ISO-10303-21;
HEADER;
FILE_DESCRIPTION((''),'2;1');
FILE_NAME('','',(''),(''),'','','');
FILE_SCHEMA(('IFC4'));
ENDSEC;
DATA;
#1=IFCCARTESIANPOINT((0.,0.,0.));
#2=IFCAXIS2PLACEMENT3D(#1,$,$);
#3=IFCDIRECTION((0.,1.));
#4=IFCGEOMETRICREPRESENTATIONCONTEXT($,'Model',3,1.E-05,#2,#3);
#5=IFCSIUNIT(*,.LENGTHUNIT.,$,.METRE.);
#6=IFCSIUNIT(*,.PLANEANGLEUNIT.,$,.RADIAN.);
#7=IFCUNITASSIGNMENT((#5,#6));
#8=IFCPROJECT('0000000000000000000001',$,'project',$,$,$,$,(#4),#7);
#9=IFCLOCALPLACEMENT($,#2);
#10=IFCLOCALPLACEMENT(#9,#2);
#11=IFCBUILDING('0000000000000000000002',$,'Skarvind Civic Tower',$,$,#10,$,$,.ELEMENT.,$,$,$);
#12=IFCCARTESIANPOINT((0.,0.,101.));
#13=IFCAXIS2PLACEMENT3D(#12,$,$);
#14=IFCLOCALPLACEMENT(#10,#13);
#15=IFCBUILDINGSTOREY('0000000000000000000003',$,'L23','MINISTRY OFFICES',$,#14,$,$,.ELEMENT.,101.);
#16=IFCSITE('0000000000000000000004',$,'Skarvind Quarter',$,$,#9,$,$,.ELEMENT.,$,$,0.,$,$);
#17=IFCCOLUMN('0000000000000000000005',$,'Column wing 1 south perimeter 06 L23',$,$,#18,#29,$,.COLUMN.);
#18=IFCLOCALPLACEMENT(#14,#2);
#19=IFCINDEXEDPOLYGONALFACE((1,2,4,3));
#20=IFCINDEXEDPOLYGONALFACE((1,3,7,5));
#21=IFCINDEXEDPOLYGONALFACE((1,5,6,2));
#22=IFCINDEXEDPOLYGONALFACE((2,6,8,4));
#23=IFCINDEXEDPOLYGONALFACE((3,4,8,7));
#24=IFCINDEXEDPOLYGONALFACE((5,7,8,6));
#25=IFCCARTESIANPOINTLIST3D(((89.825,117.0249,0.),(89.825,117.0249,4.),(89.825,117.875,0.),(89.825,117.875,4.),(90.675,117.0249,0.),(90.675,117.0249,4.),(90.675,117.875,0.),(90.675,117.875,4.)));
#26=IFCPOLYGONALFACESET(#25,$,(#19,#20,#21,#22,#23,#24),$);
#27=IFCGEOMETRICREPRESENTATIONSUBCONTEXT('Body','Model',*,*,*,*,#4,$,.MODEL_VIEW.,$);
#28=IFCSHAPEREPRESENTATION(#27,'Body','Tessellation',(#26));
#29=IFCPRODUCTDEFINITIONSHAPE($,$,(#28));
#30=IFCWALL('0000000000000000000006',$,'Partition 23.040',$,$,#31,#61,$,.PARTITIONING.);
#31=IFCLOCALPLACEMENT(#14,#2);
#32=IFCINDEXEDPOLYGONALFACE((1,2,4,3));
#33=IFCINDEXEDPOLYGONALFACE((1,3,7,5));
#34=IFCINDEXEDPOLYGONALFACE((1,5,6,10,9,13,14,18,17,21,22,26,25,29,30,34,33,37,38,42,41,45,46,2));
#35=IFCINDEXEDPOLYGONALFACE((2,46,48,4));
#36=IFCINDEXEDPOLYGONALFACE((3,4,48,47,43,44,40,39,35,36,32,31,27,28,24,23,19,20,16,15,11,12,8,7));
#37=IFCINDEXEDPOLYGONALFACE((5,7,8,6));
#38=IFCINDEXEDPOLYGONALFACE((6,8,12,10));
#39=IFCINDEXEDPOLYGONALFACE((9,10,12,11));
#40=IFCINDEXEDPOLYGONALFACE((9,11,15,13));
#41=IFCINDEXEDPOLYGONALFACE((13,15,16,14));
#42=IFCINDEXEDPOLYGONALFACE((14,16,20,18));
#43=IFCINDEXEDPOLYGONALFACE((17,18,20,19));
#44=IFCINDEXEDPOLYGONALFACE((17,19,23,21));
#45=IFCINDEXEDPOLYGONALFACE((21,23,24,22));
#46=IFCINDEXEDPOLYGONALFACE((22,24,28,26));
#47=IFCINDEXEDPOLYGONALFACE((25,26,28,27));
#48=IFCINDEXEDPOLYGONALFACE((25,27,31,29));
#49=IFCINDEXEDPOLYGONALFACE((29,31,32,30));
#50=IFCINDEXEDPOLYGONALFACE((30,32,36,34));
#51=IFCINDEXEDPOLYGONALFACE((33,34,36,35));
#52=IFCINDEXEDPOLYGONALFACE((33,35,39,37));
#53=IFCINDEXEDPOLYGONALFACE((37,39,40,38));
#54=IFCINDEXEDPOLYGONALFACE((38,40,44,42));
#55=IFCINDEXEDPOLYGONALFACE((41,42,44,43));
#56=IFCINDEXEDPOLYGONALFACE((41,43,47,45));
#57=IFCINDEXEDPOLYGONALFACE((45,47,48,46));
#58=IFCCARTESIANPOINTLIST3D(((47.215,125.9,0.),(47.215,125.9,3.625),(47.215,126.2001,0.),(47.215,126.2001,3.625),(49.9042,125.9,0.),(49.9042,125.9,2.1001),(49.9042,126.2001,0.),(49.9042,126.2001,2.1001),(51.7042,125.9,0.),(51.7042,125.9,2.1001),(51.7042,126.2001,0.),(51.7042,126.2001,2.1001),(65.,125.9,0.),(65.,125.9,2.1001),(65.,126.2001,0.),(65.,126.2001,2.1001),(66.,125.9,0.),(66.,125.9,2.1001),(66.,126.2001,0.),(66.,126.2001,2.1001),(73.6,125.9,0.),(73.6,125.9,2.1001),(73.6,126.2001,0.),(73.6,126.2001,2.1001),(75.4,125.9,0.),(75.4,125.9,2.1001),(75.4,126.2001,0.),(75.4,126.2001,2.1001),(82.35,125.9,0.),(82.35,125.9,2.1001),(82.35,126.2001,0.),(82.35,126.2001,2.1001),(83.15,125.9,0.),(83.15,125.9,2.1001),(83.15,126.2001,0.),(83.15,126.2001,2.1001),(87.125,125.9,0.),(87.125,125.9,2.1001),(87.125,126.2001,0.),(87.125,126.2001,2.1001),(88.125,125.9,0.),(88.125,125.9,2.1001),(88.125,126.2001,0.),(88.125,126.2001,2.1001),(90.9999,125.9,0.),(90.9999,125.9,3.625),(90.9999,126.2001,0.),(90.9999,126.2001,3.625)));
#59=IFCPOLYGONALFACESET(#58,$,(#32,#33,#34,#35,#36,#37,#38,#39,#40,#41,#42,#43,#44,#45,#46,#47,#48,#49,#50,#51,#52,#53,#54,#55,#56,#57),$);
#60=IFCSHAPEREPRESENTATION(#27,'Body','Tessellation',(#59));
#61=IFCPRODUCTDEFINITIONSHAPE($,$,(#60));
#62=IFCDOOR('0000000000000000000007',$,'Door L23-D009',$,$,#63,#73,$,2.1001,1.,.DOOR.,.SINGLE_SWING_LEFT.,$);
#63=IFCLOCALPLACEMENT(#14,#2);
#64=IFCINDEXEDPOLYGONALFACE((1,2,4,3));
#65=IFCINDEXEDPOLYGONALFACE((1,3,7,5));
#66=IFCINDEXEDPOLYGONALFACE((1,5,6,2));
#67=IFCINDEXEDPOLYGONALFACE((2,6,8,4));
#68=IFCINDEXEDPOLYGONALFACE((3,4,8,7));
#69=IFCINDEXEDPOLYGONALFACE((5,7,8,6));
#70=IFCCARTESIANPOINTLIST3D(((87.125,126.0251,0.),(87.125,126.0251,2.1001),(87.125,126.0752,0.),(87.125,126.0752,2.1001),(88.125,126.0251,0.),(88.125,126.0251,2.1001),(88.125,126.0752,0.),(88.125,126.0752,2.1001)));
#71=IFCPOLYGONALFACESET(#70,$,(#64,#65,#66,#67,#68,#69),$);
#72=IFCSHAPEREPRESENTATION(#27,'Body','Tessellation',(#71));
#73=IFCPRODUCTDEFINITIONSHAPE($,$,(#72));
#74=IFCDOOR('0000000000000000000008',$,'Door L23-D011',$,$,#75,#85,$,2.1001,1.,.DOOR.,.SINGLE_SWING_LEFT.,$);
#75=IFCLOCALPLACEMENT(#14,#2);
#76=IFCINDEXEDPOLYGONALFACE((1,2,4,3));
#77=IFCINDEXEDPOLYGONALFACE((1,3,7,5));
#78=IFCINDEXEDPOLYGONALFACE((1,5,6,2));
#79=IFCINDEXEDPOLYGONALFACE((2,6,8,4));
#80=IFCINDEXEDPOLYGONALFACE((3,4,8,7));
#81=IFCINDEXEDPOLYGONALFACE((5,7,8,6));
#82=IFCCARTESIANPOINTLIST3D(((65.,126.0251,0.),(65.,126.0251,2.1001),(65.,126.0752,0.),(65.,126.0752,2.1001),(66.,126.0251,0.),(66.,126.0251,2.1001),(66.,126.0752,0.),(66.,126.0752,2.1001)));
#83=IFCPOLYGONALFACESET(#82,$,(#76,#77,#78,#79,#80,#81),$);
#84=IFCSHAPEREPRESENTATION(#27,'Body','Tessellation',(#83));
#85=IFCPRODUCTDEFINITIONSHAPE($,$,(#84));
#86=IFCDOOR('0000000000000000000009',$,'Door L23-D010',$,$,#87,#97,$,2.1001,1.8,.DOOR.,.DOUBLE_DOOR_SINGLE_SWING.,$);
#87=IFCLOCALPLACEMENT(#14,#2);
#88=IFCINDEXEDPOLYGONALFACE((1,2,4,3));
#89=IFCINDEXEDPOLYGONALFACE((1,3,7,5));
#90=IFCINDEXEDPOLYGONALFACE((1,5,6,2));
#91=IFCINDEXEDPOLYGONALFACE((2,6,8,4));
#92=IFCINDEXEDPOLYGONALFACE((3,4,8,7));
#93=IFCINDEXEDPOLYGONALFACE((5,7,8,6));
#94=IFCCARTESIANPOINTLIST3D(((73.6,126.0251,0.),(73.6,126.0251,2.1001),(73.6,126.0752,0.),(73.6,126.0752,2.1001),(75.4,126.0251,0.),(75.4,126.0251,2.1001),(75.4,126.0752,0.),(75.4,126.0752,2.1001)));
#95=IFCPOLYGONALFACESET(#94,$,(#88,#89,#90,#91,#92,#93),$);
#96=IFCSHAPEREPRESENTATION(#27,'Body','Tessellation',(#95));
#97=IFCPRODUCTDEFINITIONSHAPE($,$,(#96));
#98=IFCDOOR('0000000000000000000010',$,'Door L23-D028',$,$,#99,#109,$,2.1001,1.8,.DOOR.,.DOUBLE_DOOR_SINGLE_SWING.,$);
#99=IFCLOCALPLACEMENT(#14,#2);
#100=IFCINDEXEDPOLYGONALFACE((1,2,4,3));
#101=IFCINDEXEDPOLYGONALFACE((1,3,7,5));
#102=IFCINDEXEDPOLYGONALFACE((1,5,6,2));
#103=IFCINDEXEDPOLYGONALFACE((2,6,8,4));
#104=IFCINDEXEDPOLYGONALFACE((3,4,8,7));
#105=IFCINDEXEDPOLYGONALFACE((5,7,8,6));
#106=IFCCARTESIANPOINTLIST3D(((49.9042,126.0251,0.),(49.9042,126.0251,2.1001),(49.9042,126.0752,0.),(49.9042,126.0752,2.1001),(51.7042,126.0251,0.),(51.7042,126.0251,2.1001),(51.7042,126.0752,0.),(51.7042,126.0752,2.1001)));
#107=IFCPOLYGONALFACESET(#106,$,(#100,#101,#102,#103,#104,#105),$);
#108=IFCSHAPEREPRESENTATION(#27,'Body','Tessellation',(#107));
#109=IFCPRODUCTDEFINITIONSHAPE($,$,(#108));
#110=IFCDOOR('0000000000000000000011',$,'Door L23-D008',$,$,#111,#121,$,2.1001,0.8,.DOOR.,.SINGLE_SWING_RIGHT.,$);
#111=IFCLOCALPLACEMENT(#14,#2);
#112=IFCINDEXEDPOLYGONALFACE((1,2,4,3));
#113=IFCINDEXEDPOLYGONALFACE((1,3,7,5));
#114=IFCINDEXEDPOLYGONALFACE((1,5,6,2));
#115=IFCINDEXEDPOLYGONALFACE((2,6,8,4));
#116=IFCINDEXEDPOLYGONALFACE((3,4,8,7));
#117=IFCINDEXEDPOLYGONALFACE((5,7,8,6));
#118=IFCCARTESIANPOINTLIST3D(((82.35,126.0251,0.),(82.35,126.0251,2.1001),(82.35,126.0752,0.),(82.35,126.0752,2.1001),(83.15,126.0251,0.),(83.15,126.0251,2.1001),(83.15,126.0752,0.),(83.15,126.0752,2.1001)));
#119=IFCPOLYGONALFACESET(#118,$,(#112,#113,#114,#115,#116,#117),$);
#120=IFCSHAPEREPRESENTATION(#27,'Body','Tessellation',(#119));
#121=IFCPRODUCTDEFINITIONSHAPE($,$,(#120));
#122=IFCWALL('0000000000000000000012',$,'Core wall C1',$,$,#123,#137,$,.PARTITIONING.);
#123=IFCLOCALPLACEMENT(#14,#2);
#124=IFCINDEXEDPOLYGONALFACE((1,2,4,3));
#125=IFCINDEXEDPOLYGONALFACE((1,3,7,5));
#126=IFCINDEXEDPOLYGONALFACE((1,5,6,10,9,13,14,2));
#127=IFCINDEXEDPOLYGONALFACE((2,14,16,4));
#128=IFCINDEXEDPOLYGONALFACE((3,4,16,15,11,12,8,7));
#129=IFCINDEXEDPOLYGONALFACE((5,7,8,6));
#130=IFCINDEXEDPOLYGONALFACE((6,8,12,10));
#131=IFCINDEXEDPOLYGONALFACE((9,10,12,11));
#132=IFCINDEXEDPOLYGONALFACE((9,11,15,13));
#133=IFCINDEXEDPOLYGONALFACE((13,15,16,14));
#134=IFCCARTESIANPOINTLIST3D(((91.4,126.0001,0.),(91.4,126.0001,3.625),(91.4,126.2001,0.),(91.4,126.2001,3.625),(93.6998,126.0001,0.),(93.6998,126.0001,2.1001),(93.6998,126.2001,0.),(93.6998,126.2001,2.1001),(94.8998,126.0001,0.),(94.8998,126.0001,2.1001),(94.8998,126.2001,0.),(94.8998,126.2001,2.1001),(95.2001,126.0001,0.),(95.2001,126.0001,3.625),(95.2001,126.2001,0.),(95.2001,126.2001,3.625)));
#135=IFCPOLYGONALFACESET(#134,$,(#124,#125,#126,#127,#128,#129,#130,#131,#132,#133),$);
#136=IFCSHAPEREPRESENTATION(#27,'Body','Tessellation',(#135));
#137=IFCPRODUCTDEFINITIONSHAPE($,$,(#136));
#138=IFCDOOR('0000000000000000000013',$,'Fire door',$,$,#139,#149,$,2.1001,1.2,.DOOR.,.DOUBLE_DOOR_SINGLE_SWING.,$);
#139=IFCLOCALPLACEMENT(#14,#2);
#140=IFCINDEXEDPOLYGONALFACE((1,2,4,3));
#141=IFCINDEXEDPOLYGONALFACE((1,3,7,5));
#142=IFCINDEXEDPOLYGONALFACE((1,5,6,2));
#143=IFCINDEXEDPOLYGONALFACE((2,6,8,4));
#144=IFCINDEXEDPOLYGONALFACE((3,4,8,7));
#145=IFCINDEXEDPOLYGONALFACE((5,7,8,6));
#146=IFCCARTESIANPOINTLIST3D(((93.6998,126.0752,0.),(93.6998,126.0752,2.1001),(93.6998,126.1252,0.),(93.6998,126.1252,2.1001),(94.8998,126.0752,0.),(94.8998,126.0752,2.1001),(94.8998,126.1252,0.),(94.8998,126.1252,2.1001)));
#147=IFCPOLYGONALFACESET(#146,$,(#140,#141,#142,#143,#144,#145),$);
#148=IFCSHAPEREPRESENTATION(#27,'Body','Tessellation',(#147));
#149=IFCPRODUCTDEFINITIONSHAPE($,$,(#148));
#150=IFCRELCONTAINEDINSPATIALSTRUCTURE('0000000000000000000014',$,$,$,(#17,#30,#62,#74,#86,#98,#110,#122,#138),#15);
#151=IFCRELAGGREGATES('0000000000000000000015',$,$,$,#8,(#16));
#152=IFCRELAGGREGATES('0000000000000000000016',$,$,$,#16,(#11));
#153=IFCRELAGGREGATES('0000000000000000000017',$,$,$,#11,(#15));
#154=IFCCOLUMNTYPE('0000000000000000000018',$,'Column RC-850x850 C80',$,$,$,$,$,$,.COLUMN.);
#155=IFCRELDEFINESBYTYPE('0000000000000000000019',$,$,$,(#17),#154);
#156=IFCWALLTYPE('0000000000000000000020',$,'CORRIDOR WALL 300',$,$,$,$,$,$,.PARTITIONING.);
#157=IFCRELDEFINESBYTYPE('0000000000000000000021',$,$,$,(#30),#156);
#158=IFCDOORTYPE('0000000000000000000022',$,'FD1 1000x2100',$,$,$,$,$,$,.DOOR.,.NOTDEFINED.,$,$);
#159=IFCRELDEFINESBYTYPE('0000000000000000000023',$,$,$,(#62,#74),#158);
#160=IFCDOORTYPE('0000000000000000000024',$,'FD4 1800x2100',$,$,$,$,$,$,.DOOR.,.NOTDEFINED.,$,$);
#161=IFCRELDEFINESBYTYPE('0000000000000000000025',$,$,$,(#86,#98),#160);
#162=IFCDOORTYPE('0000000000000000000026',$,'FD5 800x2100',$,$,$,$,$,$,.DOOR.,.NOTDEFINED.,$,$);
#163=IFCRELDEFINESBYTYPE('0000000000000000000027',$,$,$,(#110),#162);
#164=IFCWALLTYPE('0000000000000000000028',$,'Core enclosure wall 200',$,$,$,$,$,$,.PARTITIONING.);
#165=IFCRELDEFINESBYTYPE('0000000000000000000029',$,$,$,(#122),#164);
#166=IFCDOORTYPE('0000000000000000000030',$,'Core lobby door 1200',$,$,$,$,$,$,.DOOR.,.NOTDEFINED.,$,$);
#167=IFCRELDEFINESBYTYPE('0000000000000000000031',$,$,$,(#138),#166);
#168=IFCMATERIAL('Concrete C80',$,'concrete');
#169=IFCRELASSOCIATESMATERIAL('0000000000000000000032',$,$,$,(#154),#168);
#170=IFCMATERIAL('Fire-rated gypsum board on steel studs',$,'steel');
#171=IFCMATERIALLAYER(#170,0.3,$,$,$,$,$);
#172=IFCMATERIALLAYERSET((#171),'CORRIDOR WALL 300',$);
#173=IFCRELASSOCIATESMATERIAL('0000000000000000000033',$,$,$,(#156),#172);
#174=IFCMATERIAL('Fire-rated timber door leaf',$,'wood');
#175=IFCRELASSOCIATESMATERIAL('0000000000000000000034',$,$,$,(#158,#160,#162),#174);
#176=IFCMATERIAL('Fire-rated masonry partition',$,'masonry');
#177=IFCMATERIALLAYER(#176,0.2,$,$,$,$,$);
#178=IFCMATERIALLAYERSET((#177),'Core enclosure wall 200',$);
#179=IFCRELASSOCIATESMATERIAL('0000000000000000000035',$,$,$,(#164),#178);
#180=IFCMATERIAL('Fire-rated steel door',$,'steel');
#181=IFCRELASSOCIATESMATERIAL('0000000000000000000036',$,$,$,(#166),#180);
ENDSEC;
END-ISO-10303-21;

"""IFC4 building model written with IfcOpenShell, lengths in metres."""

from ifc_helpers import new_model, si_unit, direction, frame, frame_2d, origin, origin_2d, place, context, subcontext, project, spatial, rectangle, extrude, material, layer, layer_set, material_profile, profile_set, type_object, element, fill, save


model = new_model("IFC4")

# Units and contexts
model_context = context("Model", 3, precision=1e-05, world=origin(), true_north=direction((0.0, 1.0)))
body_context = subcontext(model_context, "Body", "Model", "MODEL_VIEW")
ifc_project = project(units=[si_unit("LENGTHUNIT", "METRE"), si_unit("PLANEANGLEUNIT", "RADIAN")], contexts=[model_context])

# Site, building, storey
site_placement = place(None, origin())
site = spatial("IfcSite", under=ifc_project, at=site_placement, Name="Skarvind Quarter", CompositionType="ELEMENT", RefElevation=0.0)
building_placement = place(site_placement, origin())
building = spatial("IfcBuilding", under=site, at=building_placement, Name="Skarvind Civic Tower", CompositionType="ELEMENT")
storey_placement = place(building_placement, frame((0.0, 0.0, 101.0)))
storey = spatial("IfcBuildingStorey", under=building, at=storey_placement, Name="L23", Description="MINISTRY OFFICES", CompositionType="ELEMENT", Elevation=101.0)

# Column
ifc_material_1 = material(Name="Concrete C80", Category="concrete")
ifc_material_profile = material_profile(ifc_material_1, rectangle(XDim=0.8501, YDim=0.8501, at=origin_2d()), Name="RC-850x850")
ifc_profile_set = profile_set([ifc_material_profile], Name="Concrete C80")
column_type = type_object("IfcColumnType", Name="Column RC-850x850 C80", PredefinedType="COLUMN", material=ifc_profile_set)
column_placement = place(storey_placement, frame((90.25, 117.45, 0.0), z_axis=(0.0, 0.0, 1.0), x_axis=(1.0, 0.0, 0.0)))
element("IfcColumn", 1, at=column_placement, inside=storey, type_object=column_type, Name="Column wing 1 south perimeter 06 L23", PredefinedType="COLUMN", context=body_context, shape_type="SweptSolid", body=[
    extrude(rectangle(XDim=0.8501, YDim=0.8501, at=origin_2d()), origin(), (0.0, 0.0, 1.0), 4.0),
])

# Wall, openings, doors
ifc_material_2 = material(Name="Fire-rated gypsum board on steel studs", Category="steel")
ifc_layer_1 = layer(ifc_material_2, 0.3)
ifc_layer_set_1 = layer_set([ifc_layer_1], Name="CORRIDOR WALL 300")
wall_type_1 = type_object("IfcWallType", Name="CORRIDOR WALL 300", PredefinedType="PARTITIONING", material=ifc_layer_set_1)
wall_1_placement = place(storey_placement, frame((91.0, 126.05, 0.0), z_axis=(0.0, 0.0, 1.0), x_axis=(-1.0, 0.0, 0.0)))
wall_1 = element("IfcWall", 2, at=wall_1_placement, inside=storey, type_object=wall_type_1, Name="Partition 23.040", PredefinedType="PARTITIONING", context=body_context, shape_type="SweptSolid", body=[
    extrude(rectangle(XDim=43.7849, YDim=0.3, at=frame_2d((21.8926, 0.0))), origin(), (0.0, 0.0, 1.0), 3.625),
])
opening_1_placement = place(wall_1_placement, frame((7.8501, 0.0, 0.0)))
opening_1 = element("IfcOpeningElement", 3, at=opening_1_placement, cuts=wall_1, PredefinedType="OPENING", context=body_context, shape_type="SweptSolid", body=[
    extrude(rectangle(XDim=0.8, YDim=2.1001, at=frame_2d((0.3999, 1.05))), frame((0.0, 0.1599, 0.0), z_axis=(0.0, -1.0, 0.0), x_axis=(1.0, 0.0, 0.0)), (0.0, 0.0, 1.0), 0.3201),
])
opening_2_placement = place(wall_1_placement, frame((2.875, 0.0, 0.0)))
opening_2 = element("IfcOpeningElement", 4, at=opening_2_placement, cuts=wall_1, PredefinedType="OPENING", context=body_context, shape_type="SweptSolid", body=[
    extrude(rectangle(XDim=1.0, YDim=2.1001, at=frame_2d((0.5, 1.05))), frame((0.0, 0.1599, 0.0), z_axis=(0.0, -1.0, 0.0), x_axis=(1.0, 0.0, 0.0)), (0.0, 0.0, 1.0), 0.3201),
])
opening_3_placement = place(wall_1_placement, frame((15.6001, 0.0, 0.0)))
opening_3 = element("IfcOpeningElement", 5, at=opening_3_placement, cuts=wall_1, PredefinedType="OPENING", context=body_context, shape_type="SweptSolid", body=[
    extrude(rectangle(XDim=1.8, YDim=2.1001, at=frame_2d((0.8999, 1.05))), frame((0.0, 0.1599, 0.0), z_axis=(0.0, -1.0, 0.0), x_axis=(1.0, 0.0, 0.0)), (0.0, 0.0, 1.0), 0.3201),
])
opening_4_placement = place(wall_1_placement, frame((25.0, 0.0, 0.0)))
opening_4 = element("IfcOpeningElement", 6, at=opening_4_placement, cuts=wall_1, PredefinedType="OPENING", context=body_context, shape_type="SweptSolid", body=[
    extrude(rectangle(XDim=1.0, YDim=2.1001, at=frame_2d((0.5, 1.05))), frame((0.0, 0.1599, 0.0), z_axis=(0.0, -1.0, 0.0), x_axis=(1.0, 0.0, 0.0)), (0.0, 0.0, 1.0), 0.3201),
])
opening_5_placement = place(wall_1_placement, frame((39.2959, 0.0, 0.0)))
opening_5 = element("IfcOpeningElement", 7, at=opening_5_placement, cuts=wall_1, PredefinedType="OPENING", context=body_context, shape_type="SweptSolid", body=[
    extrude(rectangle(XDim=1.8, YDim=2.1001, at=frame_2d((0.8999, 1.05))), frame((0.0, 0.1599, 0.0), z_axis=(0.0, -1.0, 0.0), x_axis=(1.0, 0.0, 0.0)), (0.0, 0.0, 1.0), 0.3201),
])
ifc_material_3 = material(Name="Fire-rated timber door leaf", Category="wood")
door_type_1 = type_object("IfcDoorType", Name="FD1 1000x2100", OperationType="NOTDEFINED", PredefinedType="DOOR", material=ifc_material_3)
door_1_placement = place(opening_2_placement, origin())
door_1 = element("IfcDoor", 8, at=door_1_placement, inside=storey, type_object=door_type_1, Name="Door L23-D009", OperationType="SINGLE_SWING_LEFT", OverallHeight=2.1001, OverallWidth=1.0, PredefinedType="DOOR", context=body_context, shape_type="SweptSolid", body=[
    extrude(rectangle(XDim=1.0, YDim=2.1001, at=frame_2d((0.5, 1.05))), frame((0.0, 0.0249, 0.0), z_axis=(0.0, -1.0, 0.0), x_axis=(1.0, 0.0, 0.0)), (0.0, 0.0, 1.0), 0.05),
])
fill(opening_2, door_1)
door_2_placement = place(opening_4_placement, origin())
door_2 = element("IfcDoor", 9, at=door_2_placement, inside=storey, type_object=door_type_1, Name="Door L23-D011", OperationType="SINGLE_SWING_LEFT", OverallHeight=2.1001, OverallWidth=1.0, PredefinedType="DOOR", context=body_context, shape_type="SweptSolid", body=[
    extrude(rectangle(XDim=1.0, YDim=2.1001, at=frame_2d((0.5, 1.05))), frame((0.0, 0.0249, 0.0), z_axis=(0.0, -1.0, 0.0), x_axis=(1.0, 0.0, 0.0)), (0.0, 0.0, 1.0), 0.05),
])
fill(opening_4, door_2)
door_type_2 = type_object("IfcDoorType", Name="FD4 1800x2100", OperationType="NOTDEFINED", PredefinedType="DOOR", material=ifc_material_3)
door_3_placement = place(opening_3_placement, origin())
door_3 = element("IfcDoor", 10, at=door_3_placement, inside=storey, type_object=door_type_2, Name="Door L23-D010", OperationType="DOUBLE_DOOR_SINGLE_SWING", OverallHeight=2.1001, OverallWidth=1.8, PredefinedType="DOOR", context=body_context, shape_type="SweptSolid", body=[
    extrude(rectangle(XDim=1.8, YDim=2.1001, at=frame_2d((0.8999, 1.05))), frame((0.0, 0.0249, 0.0), z_axis=(0.0, -1.0, 0.0), x_axis=(1.0, 0.0, 0.0)), (0.0, 0.0, 1.0), 0.05),
])
fill(opening_3, door_3)
door_4_placement = place(opening_5_placement, origin())
door_4 = element("IfcDoor", 11, at=door_4_placement, inside=storey, type_object=door_type_2, Name="Door L23-D028", OperationType="DOUBLE_DOOR_SINGLE_SWING", OverallHeight=2.1001, OverallWidth=1.8, PredefinedType="DOOR", context=body_context, shape_type="SweptSolid", body=[
    extrude(rectangle(XDim=1.8, YDim=2.1001, at=frame_2d((0.8999, 1.05))), frame((0.0, 0.0249, 0.0), z_axis=(0.0, -1.0, 0.0), x_axis=(1.0, 0.0, 0.0)), (0.0, 0.0, 1.0), 0.05),
])
fill(opening_5, door_4)
door_type_3 = type_object("IfcDoorType", Name="FD5 800x2100", OperationType="NOTDEFINED", PredefinedType="DOOR", material=ifc_material_3)
door_5_placement = place(opening_1_placement, origin())
door_5 = element("IfcDoor", 12, at=door_5_placement, inside=storey, type_object=door_type_3, Name="Door L23-D008", OperationType="SINGLE_SWING_RIGHT", OverallHeight=2.1001, OverallWidth=0.8, PredefinedType="DOOR", context=body_context, shape_type="SweptSolid", body=[
    extrude(rectangle(XDim=0.8, YDim=2.1001, at=frame_2d((0.3999, 1.05))), frame((0.0, 0.0249, 0.0), z_axis=(0.0, -1.0, 0.0), x_axis=(1.0, 0.0, 0.0)), (0.0, 0.0, 1.0), 0.05),
])
fill(opening_1, door_5)

# Wall, opening, door
ifc_material_4 = material(Name="Fire-rated masonry partition", Category="masonry")
ifc_layer_2 = layer(ifc_material_4, 0.2)
ifc_layer_set_2 = layer_set([ifc_layer_2], Name="Core enclosure wall 200")
wall_type_2 = type_object("IfcWallType", Name="Core enclosure wall 200", PredefinedType="PARTITIONING", material=ifc_layer_set_2)
wall_2_placement = place(storey_placement, frame((95.2, 126.1001, 0.0), z_axis=(0.0, 0.0, 1.0), x_axis=(-1.0, 0.0, 0.0)))
wall_2 = element("IfcWall", 13, at=wall_2_placement, inside=storey, type_object=wall_type_2, Name="Core wall C1", PredefinedType="PARTITIONING", context=body_context, shape_type="SweptSolid", body=[
    extrude(rectangle(XDim=3.8, YDim=0.2, at=frame_2d((1.8999, 0.0))), origin(), (0.0, 0.0, 1.0), 3.625),
])
opening_6_placement = place(wall_2_placement, frame((0.3, 0.0, 0.0)))
opening_6 = element("IfcOpeningElement", 14, at=opening_6_placement, cuts=wall_2, PredefinedType="OPENING", context=body_context, shape_type="SweptSolid", body=[
    extrude(rectangle(XDim=1.2, YDim=2.1001, at=frame_2d((0.6001, 1.05))), frame((0.0, 0.1099, 0.0), z_axis=(0.0, -1.0, 0.0), x_axis=(1.0, 0.0, 0.0)), (0.0, 0.0, 1.0), 0.22),
])
ifc_material_5 = material(Name="Fire-rated steel door", Category="steel")
door_type_4 = type_object("IfcDoorType", Name="Core lobby door 1200", OperationType="NOTDEFINED", PredefinedType="DOOR", material=ifc_material_5)
door_6_placement = place(opening_6_placement, origin())
door_6 = element("IfcDoor", 15, at=door_6_placement, inside=storey, type_object=door_type_4, Name="Fire door", OperationType="DOUBLE_DOOR_SINGLE_SWING", OverallHeight=2.1001, OverallWidth=1.2, PredefinedType="DOOR", context=body_context, shape_type="SweptSolid", body=[
    extrude(rectangle(XDim=1.2, YDim=2.1001, at=frame_2d((0.6001, 1.05))), frame((0.0, 0.0249, 0.0), z_axis=(0.0, -1.0, 0.0), x_axis=(1.0, 0.0, 0.0)), (0.0, 0.0, 1.0), 0.05),
])
fill(opening_6, door_6)

save(model, "model.ifc")
